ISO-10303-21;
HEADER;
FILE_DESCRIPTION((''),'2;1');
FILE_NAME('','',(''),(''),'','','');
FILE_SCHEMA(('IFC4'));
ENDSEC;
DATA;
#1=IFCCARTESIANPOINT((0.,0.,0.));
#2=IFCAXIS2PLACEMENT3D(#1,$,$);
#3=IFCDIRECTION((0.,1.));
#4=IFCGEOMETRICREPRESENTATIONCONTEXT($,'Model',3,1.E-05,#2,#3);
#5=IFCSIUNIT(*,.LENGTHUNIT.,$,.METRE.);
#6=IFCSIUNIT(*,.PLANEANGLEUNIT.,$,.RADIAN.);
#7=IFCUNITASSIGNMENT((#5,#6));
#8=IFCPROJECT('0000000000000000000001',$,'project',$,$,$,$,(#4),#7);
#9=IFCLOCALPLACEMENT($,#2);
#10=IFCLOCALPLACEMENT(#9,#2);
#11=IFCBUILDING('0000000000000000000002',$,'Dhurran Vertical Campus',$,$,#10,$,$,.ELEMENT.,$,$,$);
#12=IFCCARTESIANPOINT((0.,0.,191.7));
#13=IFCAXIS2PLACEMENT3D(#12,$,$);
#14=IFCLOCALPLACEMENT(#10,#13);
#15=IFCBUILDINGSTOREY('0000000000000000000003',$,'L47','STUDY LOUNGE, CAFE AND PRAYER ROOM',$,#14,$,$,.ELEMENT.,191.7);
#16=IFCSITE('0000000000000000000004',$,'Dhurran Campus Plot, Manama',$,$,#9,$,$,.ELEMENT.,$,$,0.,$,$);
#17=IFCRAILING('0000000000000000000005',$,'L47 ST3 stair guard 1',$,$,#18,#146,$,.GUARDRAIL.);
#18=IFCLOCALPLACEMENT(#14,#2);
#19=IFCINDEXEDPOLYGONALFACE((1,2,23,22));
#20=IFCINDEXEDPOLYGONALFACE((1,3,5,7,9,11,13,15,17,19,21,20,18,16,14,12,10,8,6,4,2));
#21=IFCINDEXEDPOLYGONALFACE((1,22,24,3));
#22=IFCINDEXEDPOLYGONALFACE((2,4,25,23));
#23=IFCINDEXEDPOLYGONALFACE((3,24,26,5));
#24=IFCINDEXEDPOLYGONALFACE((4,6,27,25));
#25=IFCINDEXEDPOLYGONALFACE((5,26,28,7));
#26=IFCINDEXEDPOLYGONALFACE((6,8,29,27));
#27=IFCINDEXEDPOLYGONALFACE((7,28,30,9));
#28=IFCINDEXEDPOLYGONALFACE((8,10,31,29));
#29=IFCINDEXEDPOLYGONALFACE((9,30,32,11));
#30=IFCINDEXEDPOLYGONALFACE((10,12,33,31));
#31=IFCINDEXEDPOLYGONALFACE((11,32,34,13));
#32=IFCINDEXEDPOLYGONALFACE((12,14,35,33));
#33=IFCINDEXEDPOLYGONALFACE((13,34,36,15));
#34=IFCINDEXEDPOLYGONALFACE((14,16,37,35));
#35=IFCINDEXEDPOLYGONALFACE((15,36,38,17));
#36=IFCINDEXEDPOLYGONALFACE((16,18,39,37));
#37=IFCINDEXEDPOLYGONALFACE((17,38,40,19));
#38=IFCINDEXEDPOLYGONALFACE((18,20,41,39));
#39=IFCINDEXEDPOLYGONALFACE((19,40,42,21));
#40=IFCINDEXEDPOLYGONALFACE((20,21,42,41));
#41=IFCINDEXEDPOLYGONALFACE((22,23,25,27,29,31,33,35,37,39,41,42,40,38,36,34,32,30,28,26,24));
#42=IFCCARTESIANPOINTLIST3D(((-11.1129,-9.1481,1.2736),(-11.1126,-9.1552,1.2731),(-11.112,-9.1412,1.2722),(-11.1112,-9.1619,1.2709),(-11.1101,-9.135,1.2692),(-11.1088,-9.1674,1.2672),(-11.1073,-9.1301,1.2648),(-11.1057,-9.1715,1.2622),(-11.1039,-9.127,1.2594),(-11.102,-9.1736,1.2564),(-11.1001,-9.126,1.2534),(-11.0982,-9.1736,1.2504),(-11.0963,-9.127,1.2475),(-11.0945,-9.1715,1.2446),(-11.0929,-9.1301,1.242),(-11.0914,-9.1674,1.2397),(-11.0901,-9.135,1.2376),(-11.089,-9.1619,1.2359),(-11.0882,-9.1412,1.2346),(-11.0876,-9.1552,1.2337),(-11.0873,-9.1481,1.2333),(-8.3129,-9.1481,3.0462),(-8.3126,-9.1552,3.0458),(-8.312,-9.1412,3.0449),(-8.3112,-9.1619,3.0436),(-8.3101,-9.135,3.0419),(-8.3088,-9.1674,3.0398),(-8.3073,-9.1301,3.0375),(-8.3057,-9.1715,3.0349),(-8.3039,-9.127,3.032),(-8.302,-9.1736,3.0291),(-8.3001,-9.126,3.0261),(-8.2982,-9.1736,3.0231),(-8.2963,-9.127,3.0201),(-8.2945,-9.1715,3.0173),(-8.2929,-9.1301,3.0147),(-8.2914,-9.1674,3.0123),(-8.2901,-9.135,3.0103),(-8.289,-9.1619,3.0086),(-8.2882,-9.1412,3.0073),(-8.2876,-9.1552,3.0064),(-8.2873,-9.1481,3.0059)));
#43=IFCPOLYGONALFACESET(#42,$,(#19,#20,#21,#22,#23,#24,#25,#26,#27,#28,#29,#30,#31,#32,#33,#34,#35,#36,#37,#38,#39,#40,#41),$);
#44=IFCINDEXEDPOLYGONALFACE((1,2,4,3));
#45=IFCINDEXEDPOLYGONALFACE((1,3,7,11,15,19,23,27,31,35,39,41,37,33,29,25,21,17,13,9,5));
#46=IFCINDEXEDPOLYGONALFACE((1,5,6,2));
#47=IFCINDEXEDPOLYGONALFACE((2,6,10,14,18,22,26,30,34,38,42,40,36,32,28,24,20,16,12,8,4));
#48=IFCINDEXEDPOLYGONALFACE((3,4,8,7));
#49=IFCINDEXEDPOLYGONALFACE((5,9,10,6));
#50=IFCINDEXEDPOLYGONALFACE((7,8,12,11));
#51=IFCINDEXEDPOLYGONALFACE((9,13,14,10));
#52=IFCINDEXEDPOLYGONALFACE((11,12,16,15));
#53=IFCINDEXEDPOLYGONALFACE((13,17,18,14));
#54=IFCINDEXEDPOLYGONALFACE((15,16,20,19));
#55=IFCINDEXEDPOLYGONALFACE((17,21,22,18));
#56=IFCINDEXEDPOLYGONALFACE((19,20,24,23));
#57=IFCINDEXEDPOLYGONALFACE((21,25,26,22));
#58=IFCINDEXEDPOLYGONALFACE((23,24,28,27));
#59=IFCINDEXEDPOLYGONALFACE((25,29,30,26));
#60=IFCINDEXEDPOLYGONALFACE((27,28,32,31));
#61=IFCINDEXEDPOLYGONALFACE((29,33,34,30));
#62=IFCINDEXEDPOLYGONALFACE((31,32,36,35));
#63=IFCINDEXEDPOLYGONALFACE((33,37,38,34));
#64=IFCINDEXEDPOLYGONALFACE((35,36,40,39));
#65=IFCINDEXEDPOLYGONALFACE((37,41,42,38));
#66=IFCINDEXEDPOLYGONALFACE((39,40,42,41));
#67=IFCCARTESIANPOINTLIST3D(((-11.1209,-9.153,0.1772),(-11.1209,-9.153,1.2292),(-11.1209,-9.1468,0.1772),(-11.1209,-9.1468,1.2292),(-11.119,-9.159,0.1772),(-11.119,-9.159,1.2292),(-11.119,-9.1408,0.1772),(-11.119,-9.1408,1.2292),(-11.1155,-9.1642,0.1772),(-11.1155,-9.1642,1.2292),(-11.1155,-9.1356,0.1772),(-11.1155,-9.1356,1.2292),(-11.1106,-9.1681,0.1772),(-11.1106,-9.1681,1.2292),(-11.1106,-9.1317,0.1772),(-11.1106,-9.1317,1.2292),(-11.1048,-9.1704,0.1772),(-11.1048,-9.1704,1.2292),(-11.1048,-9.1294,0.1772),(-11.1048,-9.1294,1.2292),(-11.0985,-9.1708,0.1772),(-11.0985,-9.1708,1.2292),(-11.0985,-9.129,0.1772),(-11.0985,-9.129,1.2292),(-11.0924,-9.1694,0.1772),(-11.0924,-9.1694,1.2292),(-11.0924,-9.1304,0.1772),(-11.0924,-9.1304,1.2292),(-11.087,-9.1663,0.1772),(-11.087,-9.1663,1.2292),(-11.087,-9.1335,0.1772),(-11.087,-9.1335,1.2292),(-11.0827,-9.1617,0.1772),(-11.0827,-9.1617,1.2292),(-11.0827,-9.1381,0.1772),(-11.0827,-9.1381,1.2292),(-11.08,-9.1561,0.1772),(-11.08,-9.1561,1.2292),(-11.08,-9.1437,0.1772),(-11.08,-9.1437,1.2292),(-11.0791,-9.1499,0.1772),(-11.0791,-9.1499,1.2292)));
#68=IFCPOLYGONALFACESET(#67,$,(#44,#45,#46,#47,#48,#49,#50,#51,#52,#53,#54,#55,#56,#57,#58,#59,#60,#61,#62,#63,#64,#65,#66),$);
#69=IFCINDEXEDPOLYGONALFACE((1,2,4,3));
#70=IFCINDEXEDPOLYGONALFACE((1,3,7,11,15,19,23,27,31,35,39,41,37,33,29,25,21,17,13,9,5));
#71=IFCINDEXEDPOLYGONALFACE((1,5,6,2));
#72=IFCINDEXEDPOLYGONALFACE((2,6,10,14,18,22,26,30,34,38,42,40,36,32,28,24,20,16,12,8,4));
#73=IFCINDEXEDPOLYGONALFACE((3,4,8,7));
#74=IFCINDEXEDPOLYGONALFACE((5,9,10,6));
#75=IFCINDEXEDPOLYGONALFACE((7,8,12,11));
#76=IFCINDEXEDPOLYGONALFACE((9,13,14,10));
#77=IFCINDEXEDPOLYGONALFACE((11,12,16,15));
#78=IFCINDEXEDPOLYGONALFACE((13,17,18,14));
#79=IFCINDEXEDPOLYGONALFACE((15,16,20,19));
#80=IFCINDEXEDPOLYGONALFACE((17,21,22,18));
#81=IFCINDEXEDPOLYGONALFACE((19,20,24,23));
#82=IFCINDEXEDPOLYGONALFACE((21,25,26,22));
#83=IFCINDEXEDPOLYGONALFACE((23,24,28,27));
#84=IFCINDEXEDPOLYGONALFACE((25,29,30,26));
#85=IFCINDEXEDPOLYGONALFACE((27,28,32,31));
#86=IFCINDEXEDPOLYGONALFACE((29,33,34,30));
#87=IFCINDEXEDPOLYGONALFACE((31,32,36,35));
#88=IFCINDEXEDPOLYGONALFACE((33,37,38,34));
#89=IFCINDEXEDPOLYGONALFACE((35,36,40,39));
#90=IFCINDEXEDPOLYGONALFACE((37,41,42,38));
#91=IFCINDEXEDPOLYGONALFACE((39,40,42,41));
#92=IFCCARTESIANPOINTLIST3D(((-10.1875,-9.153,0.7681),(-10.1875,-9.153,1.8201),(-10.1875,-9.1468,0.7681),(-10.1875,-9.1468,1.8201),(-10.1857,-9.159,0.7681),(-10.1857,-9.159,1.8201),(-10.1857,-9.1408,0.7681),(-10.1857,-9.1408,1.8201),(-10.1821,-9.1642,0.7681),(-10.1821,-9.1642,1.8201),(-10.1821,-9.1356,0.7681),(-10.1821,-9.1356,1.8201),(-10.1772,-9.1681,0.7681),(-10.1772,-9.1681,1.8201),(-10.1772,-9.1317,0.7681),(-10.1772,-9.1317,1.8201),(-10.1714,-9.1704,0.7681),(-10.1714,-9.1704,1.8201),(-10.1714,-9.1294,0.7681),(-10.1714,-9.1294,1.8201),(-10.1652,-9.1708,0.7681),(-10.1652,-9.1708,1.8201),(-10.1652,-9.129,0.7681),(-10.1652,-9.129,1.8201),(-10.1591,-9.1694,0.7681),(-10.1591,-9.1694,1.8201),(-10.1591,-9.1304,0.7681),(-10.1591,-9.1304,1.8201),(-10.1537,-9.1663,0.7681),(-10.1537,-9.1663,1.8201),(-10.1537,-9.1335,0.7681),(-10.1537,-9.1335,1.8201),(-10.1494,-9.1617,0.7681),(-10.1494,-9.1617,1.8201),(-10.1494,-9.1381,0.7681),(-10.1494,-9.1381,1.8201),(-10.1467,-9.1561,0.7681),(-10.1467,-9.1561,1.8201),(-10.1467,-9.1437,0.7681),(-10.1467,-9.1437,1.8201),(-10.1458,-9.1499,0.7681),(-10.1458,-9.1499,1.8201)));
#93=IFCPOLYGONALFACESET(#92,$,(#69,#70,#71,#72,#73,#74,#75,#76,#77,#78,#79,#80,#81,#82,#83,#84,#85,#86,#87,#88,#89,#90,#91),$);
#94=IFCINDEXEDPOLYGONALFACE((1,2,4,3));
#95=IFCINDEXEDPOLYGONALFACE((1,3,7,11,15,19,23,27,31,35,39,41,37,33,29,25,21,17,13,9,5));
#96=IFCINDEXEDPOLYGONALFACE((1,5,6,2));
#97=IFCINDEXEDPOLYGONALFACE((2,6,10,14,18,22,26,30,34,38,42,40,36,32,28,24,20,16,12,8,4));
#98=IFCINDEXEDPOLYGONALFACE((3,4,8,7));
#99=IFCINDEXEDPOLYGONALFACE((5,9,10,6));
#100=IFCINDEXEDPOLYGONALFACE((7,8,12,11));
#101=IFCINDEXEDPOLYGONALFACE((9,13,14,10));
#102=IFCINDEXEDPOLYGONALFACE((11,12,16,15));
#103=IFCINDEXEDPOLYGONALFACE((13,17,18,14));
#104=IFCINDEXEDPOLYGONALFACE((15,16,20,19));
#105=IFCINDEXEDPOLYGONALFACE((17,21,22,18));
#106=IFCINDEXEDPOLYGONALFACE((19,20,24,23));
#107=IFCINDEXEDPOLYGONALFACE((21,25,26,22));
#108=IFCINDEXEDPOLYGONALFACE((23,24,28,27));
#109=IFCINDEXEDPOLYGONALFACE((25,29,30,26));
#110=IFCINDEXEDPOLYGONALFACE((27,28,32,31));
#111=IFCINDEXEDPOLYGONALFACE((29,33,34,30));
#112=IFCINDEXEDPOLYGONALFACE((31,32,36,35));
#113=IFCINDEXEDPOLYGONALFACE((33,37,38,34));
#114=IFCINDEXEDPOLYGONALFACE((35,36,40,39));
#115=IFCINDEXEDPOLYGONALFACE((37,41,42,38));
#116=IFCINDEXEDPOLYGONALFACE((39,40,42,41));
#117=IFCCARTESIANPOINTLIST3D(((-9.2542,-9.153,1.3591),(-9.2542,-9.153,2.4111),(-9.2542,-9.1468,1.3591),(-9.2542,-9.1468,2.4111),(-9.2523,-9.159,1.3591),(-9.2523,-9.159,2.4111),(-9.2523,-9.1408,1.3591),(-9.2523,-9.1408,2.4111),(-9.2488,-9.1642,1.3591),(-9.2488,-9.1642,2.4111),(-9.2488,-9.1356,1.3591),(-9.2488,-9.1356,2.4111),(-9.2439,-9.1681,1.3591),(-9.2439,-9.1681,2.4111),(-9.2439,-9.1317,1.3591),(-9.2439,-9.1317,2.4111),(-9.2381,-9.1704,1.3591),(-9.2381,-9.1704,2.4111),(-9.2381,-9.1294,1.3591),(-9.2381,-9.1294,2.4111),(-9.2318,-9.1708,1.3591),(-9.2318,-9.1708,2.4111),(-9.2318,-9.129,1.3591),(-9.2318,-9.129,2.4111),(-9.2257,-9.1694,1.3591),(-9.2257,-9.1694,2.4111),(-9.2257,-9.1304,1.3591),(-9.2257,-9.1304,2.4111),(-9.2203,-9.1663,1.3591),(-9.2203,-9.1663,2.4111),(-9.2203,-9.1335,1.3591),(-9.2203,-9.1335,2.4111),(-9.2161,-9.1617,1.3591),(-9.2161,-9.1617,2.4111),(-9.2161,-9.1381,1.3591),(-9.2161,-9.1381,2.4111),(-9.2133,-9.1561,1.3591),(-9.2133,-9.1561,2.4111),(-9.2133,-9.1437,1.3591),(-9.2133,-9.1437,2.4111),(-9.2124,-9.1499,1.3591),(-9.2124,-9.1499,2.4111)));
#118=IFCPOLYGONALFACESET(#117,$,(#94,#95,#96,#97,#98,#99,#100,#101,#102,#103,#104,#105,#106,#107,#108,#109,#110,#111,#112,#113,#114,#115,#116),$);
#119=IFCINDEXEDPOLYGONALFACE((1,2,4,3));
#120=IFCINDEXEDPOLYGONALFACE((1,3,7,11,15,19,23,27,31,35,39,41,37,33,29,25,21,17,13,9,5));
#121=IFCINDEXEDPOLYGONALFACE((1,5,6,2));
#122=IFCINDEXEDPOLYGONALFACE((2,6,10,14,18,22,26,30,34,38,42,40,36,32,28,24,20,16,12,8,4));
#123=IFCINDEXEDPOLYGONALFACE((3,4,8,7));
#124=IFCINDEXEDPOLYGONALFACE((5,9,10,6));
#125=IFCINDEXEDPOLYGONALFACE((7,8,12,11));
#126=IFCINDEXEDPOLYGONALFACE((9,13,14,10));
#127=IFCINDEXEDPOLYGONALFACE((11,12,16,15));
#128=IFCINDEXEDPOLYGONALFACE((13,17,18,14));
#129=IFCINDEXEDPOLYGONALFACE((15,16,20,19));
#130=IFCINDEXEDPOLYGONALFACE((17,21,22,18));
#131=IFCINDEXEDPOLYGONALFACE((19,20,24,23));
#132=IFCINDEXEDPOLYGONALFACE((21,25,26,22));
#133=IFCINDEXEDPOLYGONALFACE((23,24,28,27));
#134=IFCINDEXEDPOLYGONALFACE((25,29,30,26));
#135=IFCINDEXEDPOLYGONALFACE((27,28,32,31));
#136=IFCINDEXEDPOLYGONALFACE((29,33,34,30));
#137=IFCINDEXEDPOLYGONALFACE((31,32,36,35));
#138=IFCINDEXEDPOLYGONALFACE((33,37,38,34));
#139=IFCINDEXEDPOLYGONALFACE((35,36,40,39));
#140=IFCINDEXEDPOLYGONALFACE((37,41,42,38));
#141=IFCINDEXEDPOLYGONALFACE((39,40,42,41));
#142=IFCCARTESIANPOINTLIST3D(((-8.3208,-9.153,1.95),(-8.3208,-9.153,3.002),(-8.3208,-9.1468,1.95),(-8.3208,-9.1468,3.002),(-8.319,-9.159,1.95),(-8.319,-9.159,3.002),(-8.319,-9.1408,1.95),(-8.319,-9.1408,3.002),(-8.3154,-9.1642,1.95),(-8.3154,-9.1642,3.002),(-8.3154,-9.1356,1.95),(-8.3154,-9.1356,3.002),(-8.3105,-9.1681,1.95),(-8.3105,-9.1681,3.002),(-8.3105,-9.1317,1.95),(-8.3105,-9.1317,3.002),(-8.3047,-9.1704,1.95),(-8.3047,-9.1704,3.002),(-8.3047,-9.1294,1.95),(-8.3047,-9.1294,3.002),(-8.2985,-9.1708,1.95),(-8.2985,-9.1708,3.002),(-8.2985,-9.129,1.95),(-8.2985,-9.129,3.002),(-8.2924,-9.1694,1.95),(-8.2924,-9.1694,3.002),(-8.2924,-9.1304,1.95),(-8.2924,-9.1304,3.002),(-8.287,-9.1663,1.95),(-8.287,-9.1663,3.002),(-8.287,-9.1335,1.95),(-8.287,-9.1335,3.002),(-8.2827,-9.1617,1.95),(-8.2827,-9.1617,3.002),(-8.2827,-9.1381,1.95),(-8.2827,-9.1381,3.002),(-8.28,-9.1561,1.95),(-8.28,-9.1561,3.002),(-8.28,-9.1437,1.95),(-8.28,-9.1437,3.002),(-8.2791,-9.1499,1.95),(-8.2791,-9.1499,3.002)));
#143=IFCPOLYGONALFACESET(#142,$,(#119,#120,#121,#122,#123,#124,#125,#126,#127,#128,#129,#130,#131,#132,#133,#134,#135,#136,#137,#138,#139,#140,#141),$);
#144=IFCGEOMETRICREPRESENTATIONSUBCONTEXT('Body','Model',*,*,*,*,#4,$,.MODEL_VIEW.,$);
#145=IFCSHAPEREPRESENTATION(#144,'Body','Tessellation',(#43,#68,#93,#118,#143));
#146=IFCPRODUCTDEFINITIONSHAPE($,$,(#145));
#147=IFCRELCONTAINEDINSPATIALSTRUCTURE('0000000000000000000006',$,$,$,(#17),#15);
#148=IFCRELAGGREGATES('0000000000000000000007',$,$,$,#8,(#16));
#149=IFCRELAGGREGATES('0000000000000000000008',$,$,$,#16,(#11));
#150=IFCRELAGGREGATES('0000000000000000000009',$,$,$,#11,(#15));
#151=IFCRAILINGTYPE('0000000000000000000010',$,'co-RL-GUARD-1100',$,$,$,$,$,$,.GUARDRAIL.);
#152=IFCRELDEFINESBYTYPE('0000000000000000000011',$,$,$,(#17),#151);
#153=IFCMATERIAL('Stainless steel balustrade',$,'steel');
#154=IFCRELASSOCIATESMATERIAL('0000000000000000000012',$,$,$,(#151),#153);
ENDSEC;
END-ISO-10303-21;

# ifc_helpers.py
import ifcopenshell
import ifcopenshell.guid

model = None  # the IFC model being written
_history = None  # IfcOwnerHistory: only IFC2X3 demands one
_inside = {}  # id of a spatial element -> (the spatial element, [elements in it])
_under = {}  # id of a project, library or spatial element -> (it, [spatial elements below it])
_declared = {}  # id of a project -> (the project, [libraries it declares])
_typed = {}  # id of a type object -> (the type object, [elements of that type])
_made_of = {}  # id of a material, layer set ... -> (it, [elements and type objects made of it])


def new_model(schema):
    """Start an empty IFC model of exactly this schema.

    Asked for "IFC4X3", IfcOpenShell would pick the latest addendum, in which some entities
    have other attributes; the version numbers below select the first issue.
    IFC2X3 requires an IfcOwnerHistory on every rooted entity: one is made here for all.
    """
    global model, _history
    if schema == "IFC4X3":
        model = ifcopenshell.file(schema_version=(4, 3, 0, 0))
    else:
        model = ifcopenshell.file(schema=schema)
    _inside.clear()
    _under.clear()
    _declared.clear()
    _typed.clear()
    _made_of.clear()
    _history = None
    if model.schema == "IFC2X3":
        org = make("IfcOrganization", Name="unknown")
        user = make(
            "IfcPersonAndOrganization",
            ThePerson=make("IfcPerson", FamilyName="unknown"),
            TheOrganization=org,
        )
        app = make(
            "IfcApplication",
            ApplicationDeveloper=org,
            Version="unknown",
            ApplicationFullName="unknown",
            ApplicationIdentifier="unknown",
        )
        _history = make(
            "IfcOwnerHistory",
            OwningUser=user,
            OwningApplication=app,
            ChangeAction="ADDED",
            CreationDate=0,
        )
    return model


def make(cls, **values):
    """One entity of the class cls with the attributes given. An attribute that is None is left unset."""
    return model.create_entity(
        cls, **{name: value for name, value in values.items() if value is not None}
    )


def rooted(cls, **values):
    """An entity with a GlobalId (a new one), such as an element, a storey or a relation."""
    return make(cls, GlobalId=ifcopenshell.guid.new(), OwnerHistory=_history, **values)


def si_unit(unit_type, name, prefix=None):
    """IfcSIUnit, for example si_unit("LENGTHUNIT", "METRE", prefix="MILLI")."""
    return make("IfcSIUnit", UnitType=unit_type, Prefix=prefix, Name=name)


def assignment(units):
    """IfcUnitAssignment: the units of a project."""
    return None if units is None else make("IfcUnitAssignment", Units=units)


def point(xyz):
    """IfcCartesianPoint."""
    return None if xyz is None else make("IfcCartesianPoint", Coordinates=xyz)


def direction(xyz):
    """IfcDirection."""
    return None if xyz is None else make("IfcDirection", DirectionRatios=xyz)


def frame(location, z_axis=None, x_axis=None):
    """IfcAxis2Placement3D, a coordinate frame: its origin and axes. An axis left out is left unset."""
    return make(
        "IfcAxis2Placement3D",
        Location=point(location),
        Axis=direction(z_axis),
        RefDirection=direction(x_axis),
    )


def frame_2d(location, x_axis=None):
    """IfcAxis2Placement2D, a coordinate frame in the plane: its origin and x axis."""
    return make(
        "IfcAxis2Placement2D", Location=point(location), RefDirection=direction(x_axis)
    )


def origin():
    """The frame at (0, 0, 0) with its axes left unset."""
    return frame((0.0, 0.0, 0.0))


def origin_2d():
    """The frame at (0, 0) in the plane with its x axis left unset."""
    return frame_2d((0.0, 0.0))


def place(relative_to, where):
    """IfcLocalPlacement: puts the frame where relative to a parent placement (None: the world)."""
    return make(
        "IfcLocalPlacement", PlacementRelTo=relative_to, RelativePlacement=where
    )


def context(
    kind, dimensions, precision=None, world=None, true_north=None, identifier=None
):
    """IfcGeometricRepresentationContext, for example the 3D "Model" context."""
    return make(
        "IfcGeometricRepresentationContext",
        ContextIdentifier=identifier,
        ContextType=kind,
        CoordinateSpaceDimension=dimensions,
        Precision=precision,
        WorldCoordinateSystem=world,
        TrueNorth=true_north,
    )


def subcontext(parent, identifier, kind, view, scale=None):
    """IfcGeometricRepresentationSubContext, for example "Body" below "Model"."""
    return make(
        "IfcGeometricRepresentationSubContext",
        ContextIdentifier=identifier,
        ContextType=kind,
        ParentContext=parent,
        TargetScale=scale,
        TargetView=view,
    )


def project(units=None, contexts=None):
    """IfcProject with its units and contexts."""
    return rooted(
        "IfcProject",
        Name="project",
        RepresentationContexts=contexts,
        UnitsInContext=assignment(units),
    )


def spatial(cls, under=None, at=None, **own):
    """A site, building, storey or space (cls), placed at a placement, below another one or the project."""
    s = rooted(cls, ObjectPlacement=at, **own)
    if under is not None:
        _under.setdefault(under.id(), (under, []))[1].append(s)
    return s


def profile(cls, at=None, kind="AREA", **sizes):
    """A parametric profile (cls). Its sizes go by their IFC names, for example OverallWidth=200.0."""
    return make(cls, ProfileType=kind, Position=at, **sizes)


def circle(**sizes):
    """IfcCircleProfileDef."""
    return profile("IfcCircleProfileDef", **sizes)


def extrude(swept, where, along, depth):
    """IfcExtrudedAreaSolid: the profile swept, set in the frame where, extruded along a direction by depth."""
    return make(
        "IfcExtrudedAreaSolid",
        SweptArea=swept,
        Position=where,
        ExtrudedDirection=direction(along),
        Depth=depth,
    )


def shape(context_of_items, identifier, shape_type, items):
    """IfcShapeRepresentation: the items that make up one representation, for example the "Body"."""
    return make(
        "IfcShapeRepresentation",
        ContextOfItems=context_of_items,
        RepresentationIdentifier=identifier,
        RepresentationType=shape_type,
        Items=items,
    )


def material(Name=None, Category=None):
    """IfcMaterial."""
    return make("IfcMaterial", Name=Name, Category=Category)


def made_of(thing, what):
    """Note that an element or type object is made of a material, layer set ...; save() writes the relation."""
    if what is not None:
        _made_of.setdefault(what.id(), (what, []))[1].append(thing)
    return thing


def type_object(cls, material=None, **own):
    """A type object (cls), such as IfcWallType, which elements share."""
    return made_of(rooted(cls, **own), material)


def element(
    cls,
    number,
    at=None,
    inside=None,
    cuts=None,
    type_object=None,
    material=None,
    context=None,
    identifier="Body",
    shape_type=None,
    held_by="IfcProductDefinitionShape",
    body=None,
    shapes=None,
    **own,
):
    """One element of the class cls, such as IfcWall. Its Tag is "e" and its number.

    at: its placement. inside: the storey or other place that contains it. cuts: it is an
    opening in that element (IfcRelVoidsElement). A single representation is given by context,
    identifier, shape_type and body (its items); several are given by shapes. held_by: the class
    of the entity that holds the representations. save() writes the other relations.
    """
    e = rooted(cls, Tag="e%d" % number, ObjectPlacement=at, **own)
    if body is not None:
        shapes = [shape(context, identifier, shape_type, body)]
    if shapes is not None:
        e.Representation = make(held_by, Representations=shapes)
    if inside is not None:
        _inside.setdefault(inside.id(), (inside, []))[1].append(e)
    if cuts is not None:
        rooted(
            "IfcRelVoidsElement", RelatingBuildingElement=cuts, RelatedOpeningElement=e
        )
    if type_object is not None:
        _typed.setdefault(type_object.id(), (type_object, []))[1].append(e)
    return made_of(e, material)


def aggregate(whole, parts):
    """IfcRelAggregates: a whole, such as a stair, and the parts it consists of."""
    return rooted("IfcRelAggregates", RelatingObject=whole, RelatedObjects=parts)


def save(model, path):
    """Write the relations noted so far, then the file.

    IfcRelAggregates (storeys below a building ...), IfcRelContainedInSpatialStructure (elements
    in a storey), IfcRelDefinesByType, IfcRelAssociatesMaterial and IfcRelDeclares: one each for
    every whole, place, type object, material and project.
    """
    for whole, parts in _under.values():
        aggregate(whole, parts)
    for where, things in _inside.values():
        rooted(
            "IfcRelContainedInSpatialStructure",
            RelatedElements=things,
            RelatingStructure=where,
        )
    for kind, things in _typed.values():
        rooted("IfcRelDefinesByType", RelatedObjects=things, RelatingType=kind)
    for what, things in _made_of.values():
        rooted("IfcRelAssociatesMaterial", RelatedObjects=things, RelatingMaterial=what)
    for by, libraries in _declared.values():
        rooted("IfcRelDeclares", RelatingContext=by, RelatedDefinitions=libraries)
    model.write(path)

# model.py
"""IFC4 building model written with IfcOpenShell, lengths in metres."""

from ifc_helpers import new_model, si_unit, direction, frame, origin, origin_2d, place, context, subcontext, project, spatial, circle, extrude, material, type_object, element, save


model = new_model("IFC4")

# Units and contexts
model_context = context("Model", 3, precision=1e-05, world=origin(), true_north=direction((0.0, 1.0)))
body_context = subcontext(model_context, "Body", "Model", "MODEL_VIEW")
ifc_project = project(units=[si_unit("LENGTHUNIT", "METRE"), si_unit("PLANEANGLEUNIT", "RADIAN")], contexts=[model_context])

# Site, building, storey
site_placement = place(None, origin())
site = spatial("IfcSite", under=ifc_project, at=site_placement, Name="Dhurran Campus Plot, Manama", CompositionType="ELEMENT", RefElevation=0.0)
building_placement = place(site_placement, origin())
building = spatial("IfcBuilding", under=site, at=building_placement, Name="Dhurran Vertical Campus", CompositionType="ELEMENT")
storey_placement = place(building_placement, frame((0.0, 0.0, 191.7)))
storey = spatial("IfcBuildingStorey", under=building, at=storey_placement, Name="L47", Description="STUDY LOUNGE, CAFE AND PRAYER ROOM", CompositionType="ELEMENT", Elevation=191.7)

# Railing
ifc_material_1 = material(Name="Stainless steel balustrade", Category="steel")
railing_type_1 = type_object("IfcRailingType", Name="co-RL-GUARD-1100", PredefinedType="GUARDRAIL", material=ifc_material_1)
railing_1_placement = place(storey_placement, frame((-11.1001, -9.1499, 0.1772)))
element("IfcRailing", 1, at=railing_1_placement, inside=storey, type_object=railing_type_1, Name="L47 ST3 stair guard 1", PredefinedType="GUARDRAIL", context=body_context, shape_type="SweptSolid", body=[
    extrude(circle(Radius=0.0239, at=origin_2d()), frame((0.0, 0.0, 1.0762), z_axis=(0.844909, 0.0, 0.53491), x_axis=(0.0, 1.0, 0.0)), (0.0, 0.0, 1.0), 3.314),
    extrude(circle(Radius=0.021, at=origin_2d()), origin(), (0.0, 0.0, 1.0), 1.052),
    extrude(circle(Radius=0.021, at=origin_2d()), frame((0.9333, 0.0, 0.5908)), (0.0, 0.0, 1.0), 1.052),
    extrude(circle(Radius=0.021, at=origin_2d()), frame((1.8667, 0.0, 1.1819)), (0.0, 0.0, 1.0), 1.052),
    extrude(circle(Radius=0.021, at=origin_2d()), frame((2.8, 0.0, 1.7727)), (0.0, 0.0, 1.0), 1.052),
])

save(model, "model.ifc")
